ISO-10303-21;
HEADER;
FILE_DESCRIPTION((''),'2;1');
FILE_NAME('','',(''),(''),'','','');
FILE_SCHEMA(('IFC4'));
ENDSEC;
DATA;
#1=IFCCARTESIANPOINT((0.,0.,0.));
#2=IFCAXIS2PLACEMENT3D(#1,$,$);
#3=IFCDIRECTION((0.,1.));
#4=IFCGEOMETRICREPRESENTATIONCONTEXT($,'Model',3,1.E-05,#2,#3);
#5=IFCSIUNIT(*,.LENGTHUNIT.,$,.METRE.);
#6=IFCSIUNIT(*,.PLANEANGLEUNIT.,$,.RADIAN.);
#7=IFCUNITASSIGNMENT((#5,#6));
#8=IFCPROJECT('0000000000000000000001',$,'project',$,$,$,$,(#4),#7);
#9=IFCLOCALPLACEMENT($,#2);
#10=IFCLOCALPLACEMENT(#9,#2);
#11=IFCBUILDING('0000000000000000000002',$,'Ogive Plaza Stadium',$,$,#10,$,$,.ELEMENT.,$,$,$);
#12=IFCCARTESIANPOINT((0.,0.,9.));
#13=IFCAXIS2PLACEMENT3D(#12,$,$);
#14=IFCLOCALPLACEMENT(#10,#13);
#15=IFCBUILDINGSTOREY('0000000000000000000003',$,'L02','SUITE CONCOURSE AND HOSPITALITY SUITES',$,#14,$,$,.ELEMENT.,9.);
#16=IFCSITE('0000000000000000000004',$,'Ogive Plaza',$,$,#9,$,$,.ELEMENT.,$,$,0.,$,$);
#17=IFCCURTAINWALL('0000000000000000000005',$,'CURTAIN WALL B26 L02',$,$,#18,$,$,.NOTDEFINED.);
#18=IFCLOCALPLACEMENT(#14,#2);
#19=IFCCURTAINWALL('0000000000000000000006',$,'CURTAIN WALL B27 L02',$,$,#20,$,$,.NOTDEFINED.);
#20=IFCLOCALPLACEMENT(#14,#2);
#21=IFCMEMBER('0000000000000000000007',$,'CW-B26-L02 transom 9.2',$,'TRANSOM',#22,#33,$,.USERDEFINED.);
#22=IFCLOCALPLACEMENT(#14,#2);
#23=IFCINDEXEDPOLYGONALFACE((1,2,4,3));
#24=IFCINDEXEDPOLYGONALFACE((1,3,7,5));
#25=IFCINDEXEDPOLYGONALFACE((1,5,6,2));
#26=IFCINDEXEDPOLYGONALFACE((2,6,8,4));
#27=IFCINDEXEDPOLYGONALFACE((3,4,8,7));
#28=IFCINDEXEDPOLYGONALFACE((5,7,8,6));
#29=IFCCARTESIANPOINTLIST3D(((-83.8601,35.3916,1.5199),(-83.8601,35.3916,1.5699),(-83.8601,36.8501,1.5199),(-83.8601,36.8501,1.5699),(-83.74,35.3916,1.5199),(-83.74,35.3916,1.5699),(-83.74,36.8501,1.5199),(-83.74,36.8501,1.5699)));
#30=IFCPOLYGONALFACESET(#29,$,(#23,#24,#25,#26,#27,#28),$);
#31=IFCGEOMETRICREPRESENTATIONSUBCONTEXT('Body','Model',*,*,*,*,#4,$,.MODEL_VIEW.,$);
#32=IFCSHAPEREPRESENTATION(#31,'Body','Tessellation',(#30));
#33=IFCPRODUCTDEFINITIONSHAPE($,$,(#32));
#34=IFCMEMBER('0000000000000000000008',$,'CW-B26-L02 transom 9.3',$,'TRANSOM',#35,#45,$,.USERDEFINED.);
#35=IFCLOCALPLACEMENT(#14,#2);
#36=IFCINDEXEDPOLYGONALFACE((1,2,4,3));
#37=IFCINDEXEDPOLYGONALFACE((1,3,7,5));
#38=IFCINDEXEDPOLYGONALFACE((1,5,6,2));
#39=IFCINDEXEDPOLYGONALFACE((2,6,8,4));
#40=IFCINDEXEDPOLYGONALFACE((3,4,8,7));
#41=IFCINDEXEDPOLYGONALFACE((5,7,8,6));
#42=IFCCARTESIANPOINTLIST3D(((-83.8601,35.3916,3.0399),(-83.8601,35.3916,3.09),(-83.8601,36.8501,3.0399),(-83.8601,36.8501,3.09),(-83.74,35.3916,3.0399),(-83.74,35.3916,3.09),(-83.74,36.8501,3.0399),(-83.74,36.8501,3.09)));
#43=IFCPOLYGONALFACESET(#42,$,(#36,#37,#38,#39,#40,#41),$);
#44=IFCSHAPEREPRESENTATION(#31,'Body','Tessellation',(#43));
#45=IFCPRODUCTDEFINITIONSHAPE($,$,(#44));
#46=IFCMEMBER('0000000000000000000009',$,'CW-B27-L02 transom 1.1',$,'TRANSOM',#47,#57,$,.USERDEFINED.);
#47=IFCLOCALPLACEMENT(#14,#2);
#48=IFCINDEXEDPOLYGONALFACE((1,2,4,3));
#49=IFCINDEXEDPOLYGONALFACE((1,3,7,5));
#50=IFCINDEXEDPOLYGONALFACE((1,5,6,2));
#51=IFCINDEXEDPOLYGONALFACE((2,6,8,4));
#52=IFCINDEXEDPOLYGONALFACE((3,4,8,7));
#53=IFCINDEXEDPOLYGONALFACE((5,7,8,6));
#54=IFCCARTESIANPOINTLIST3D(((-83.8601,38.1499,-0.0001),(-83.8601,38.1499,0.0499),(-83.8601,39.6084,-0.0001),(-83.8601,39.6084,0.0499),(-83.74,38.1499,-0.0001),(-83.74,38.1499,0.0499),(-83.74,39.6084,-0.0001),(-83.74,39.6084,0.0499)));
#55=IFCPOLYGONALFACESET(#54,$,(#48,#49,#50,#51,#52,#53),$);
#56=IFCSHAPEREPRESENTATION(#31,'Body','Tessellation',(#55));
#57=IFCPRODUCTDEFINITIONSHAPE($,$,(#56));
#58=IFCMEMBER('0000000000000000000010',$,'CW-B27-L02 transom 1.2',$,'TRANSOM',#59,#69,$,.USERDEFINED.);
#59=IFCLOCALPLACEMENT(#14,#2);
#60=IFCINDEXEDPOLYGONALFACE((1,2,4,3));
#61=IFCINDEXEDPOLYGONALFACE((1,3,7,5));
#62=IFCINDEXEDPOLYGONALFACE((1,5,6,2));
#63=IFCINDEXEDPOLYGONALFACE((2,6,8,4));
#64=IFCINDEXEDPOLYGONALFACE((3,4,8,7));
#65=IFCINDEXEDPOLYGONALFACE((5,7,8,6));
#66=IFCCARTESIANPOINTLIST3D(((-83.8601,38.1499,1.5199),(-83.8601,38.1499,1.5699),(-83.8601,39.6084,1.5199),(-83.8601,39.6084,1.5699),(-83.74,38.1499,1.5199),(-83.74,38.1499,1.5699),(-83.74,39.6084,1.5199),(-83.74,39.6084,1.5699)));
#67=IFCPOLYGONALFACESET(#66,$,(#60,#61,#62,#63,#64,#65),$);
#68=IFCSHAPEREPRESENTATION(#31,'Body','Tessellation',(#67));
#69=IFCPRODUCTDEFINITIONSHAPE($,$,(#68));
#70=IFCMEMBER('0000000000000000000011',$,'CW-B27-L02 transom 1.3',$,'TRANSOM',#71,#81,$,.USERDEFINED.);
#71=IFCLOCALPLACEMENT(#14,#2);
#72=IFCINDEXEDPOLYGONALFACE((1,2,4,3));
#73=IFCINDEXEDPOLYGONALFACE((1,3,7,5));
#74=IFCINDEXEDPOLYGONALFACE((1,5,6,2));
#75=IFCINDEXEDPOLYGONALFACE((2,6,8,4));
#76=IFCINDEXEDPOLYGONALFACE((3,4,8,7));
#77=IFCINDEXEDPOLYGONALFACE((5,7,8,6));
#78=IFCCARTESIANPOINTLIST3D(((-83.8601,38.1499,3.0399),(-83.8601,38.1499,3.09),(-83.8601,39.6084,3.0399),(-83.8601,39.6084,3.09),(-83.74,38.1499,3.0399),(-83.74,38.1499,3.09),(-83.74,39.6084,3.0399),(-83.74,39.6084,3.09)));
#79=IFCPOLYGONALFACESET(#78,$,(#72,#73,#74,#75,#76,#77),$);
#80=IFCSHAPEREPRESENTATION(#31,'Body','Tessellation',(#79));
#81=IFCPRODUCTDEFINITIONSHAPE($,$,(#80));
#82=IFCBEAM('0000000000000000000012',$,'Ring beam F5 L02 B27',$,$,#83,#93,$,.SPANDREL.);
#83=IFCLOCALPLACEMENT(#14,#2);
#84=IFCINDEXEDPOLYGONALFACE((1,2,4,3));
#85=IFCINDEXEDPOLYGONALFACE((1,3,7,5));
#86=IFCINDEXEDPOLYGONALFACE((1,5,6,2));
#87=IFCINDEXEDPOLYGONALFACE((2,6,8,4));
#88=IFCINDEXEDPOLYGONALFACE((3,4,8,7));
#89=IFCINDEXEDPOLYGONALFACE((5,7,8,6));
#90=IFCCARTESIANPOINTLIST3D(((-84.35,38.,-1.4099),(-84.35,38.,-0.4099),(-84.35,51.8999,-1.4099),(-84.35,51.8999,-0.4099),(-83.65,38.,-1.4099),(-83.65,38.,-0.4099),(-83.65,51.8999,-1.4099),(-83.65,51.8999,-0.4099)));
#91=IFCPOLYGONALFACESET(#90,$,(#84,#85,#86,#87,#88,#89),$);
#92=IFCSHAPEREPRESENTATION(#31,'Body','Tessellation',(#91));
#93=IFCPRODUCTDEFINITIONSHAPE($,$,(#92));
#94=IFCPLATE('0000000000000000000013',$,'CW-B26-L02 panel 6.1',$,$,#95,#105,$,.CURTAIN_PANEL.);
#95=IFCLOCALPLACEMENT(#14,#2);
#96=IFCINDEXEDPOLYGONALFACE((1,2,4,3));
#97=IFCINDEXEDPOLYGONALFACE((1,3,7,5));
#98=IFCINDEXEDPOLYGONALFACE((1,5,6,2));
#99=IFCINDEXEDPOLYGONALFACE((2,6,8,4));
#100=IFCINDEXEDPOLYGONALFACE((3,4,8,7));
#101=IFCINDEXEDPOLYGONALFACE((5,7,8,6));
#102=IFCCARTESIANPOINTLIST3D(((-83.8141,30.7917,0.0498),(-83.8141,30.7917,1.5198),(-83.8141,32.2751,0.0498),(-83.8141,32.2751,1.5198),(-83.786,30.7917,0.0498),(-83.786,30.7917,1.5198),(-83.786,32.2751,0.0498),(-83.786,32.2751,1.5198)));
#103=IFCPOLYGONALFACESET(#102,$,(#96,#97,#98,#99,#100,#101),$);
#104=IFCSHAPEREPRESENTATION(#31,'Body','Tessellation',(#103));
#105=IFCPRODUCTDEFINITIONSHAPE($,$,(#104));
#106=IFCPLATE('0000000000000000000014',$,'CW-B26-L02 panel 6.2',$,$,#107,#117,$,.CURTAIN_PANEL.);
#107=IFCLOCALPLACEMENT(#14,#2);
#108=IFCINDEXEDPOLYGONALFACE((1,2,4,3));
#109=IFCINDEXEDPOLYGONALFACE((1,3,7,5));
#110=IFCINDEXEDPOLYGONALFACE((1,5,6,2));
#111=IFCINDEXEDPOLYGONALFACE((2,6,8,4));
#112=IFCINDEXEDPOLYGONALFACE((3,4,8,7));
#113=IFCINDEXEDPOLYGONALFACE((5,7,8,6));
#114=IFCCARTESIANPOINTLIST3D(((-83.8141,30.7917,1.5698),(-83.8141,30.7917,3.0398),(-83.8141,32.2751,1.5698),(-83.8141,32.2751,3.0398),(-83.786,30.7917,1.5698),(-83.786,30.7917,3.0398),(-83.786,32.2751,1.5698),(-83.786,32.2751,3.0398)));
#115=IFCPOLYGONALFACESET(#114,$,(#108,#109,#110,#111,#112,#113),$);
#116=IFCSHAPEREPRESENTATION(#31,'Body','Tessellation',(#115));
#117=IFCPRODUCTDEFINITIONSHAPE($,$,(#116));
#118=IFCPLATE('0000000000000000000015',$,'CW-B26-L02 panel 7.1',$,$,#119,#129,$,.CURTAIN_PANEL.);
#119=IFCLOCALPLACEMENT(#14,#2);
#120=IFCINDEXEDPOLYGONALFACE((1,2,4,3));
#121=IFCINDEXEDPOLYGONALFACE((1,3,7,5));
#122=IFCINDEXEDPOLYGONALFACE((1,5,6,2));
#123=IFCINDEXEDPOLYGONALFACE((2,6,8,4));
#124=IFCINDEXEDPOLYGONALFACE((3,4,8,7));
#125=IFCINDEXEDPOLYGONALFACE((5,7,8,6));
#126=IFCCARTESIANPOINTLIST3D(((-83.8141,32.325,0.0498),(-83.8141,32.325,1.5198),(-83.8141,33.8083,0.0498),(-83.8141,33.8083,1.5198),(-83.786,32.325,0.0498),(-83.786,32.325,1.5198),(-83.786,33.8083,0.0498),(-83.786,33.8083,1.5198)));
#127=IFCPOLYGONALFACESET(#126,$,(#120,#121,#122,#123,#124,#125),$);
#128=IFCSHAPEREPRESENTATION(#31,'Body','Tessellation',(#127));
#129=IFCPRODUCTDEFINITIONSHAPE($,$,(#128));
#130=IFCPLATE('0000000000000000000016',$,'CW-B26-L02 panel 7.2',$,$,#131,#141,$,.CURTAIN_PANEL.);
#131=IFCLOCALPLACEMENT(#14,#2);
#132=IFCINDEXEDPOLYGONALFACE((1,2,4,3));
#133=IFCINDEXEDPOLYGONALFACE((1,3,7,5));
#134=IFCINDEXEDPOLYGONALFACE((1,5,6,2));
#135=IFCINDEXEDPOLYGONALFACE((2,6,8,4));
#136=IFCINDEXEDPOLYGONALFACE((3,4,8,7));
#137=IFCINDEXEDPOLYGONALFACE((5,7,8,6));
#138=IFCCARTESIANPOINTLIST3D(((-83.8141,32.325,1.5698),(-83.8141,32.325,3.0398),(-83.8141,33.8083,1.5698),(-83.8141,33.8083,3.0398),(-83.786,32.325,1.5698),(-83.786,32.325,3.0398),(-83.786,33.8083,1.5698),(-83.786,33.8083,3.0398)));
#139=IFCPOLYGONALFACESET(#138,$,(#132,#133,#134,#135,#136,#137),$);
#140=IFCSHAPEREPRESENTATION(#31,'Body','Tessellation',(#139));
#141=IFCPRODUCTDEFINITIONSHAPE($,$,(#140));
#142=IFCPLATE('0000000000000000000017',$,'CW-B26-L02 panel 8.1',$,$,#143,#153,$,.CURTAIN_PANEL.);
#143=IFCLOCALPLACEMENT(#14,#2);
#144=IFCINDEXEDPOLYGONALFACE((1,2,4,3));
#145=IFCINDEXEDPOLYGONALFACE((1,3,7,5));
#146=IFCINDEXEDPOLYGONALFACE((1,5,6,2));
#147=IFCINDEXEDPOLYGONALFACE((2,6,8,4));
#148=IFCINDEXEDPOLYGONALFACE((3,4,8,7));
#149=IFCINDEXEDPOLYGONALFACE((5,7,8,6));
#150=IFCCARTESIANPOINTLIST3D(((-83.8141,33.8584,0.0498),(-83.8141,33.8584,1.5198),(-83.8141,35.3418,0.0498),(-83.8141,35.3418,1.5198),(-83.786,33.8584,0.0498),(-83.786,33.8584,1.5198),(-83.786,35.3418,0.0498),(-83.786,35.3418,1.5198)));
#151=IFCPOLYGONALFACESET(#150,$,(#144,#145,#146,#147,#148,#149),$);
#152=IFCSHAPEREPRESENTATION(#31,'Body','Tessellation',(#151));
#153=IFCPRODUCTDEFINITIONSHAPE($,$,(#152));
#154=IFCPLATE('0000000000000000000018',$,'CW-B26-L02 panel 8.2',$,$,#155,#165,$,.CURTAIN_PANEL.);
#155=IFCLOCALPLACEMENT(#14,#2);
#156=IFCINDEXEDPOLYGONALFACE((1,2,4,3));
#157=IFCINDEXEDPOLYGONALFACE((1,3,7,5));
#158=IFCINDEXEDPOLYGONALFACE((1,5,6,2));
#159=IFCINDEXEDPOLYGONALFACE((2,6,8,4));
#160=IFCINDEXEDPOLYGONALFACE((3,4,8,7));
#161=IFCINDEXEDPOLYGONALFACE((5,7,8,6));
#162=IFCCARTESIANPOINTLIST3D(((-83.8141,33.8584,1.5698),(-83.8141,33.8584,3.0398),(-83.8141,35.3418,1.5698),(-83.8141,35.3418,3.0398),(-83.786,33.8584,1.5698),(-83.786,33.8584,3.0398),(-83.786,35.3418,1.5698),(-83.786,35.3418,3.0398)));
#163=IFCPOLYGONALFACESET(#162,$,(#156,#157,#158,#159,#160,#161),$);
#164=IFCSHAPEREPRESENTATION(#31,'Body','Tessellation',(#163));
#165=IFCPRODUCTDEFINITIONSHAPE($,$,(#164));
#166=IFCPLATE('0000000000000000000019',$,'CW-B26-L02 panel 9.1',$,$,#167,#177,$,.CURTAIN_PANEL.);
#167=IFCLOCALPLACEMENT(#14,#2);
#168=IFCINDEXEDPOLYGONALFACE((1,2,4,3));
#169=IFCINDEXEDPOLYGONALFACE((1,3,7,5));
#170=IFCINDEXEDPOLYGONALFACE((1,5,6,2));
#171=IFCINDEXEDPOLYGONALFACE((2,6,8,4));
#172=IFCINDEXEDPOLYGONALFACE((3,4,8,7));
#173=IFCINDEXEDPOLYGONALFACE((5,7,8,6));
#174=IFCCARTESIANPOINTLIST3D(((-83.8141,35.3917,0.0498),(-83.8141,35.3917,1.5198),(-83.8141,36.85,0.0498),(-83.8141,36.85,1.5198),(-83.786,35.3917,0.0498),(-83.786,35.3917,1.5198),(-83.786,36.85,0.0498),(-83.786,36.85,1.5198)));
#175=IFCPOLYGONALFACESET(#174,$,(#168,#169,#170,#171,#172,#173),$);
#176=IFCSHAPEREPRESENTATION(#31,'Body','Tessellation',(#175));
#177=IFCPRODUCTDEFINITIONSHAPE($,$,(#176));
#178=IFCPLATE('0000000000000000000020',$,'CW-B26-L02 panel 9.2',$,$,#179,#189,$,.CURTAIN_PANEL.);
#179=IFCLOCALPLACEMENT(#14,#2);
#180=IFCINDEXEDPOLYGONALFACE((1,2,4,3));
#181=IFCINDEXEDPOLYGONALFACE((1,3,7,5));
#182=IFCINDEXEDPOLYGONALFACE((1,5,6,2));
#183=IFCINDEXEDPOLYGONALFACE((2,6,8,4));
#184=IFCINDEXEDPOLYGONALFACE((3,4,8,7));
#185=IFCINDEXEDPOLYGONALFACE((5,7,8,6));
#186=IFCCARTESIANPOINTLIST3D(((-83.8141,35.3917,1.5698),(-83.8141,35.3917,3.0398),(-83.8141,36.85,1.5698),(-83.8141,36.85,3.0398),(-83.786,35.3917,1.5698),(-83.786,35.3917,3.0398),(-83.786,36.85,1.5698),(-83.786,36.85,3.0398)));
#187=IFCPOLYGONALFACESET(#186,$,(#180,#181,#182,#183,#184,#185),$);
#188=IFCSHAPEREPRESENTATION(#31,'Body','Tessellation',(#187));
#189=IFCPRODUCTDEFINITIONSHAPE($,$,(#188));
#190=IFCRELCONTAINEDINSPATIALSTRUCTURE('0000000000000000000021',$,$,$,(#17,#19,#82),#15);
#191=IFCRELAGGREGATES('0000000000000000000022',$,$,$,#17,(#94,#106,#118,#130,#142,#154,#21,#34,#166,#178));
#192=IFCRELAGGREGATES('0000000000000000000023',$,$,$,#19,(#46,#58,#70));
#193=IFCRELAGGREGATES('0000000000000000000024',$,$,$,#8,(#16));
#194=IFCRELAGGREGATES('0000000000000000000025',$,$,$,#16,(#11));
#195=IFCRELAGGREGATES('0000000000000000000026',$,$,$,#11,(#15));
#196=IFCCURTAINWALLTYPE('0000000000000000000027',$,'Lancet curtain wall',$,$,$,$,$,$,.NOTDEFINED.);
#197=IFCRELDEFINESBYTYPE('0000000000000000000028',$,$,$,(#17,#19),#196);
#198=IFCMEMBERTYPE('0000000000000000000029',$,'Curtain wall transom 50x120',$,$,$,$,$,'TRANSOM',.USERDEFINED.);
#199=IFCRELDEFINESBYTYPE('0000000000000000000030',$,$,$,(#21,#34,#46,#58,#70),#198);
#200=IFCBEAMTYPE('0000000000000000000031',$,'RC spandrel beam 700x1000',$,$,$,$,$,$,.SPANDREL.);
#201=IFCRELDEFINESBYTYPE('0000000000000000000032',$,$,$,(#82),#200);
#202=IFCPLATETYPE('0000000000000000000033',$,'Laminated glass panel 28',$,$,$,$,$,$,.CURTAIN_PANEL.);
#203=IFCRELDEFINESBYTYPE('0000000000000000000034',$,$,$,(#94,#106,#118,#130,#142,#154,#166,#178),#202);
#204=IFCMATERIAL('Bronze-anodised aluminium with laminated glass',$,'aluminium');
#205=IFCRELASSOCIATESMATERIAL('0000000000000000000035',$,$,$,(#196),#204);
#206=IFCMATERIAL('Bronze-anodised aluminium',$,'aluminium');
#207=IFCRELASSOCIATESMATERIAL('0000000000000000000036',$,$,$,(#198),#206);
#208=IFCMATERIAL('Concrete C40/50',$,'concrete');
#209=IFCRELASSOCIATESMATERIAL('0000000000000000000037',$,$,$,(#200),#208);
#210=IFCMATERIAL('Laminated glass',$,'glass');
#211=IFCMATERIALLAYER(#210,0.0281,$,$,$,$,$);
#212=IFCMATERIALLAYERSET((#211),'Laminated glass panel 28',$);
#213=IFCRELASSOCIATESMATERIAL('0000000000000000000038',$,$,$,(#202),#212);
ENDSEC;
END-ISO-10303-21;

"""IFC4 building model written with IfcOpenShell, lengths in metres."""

from ifc_helpers import new_model, si_unit, direction, frame, origin, origin_2d, place, context, subcontext, project, spatial, rectangle, extrude, material, layer, layer_set, material_profile, profile_set, type_object, element, aggregate, save


model = new_model("IFC4")

# Units and contexts
model_context = context("Model", 3, precision=1e-05, world=origin(), true_north=direction((0.0, 1.0)))
body_context = subcontext(model_context, "Body", "Model", "MODEL_VIEW")
ifc_project = project(units=[si_unit("LENGTHUNIT", "METRE"), si_unit("PLANEANGLEUNIT", "RADIAN")], contexts=[model_context])

# Site, building, storey
site_placement = place(None, origin())
site = spatial("IfcSite", under=ifc_project, at=site_placement, Name="Ogive Plaza", CompositionType="ELEMENT", RefElevation=0.0)
building_placement = place(site_placement, origin())
building = spatial("IfcBuilding", under=site, at=building_placement, Name="Ogive Plaza Stadium", CompositionType="ELEMENT")
storey_placement = place(building_placement, frame((0.0, 0.0, 9.0)))
storey = spatial("IfcBuildingStorey", under=building, at=storey_placement, Name="L02", Description="SUITE CONCOURSE AND HOSPITALITY SUITES", CompositionType="ELEMENT", Elevation=9.0)

# Curtain wall
ifc_material_1 = material(Name="Bronze-anodised aluminium with laminated glass", Category="aluminium")
curtain_wall_type = type_object("IfcCurtainWallType", Name="Lancet curtain wall", PredefinedType="NOTDEFINED", material=ifc_material_1)
curtain_wall_1_placement = place(storey_placement, origin())
curtain_wall_1 = element("IfcCurtainWall", 1, at=curtain_wall_1_placement, inside=storey, type_object=curtain_wall_type, Name="CURTAIN WALL B26 L02", PredefinedType="NOTDEFINED")

# Curtain wall
curtain_wall_2_placement = place(storey_placement, origin())
curtain_wall_2 = element("IfcCurtainWall", 2, at=curtain_wall_2_placement, inside=storey, type_object=curtain_wall_type, Name="CURTAIN WALL B27 L02", PredefinedType="NOTDEFINED")

# Members
ifc_material_2 = material(Name="Bronze-anodised aluminium", Category="aluminium")
ifc_material_profile_1 = material_profile(ifc_material_2, rectangle(XDim=0.1201, YDim=0.05, at=origin_2d()), Name="AL 120x50")
ifc_profile_set_1 = profile_set([ifc_material_profile_1], Name="Bronze-anodised aluminium")
member_type_1 = type_object("IfcMemberType", Name="Curtain wall transom 50x120", ElementType="TRANSOM", PredefinedType="USERDEFINED", material=ifc_profile_set_1)
member_1_placement = place(storey_placement, frame((-83.8, 35.3916, 1.5449), z_axis=(0.0, 1.0, 0.0), x_axis=(-1.0, 0.0, 0.0)))
member_1 = element("IfcMember", 3, at=member_1_placement, type_object=member_type_1, Name="CW-B26-L02 transom 9.2", ObjectType="TRANSOM", PredefinedType="USERDEFINED", context=body_context, shape_type="SweptSolid", body=[
    extrude(rectangle(XDim=0.1201, YDim=0.05, at=origin_2d()), origin(), (0.0, 0.0, 1.0), 1.4585),
])
member_2_placement = place(storey_placement, frame((-83.8, 35.3916, 3.0649), z_axis=(0.0, 1.0, 0.0), x_axis=(-1.0, 0.0, 0.0)))
member_2 = element("IfcMember", 4, at=member_2_placement, type_object=member_type_1, Name="CW-B26-L02 transom 9.3", ObjectType="TRANSOM", PredefinedType="USERDEFINED", context=body_context, shape_type="SweptSolid", body=[
    extrude(rectangle(XDim=0.1201, YDim=0.05, at=origin_2d()), origin(), (0.0, 0.0, 1.0), 1.4585),
])
member_3_placement = place(storey_placement, frame((-83.8, 38.1499, 0.0249), z_axis=(0.0, 1.0, 0.0), x_axis=(-1.0, 0.0, 0.0)))
member_3 = element("IfcMember", 5, at=member_3_placement, type_object=member_type_1, Name="CW-B27-L02 transom 1.1", ObjectType="TRANSOM", PredefinedType="USERDEFINED", context=body_context, shape_type="SweptSolid", body=[
    extrude(rectangle(XDim=0.1201, YDim=0.05, at=origin_2d()), origin(), (0.0, 0.0, 1.0), 1.4585),
])
member_4_placement = place(storey_placement, frame((-83.8, 38.1499, 1.5449), z_axis=(0.0, 1.0, 0.0), x_axis=(-1.0, 0.0, 0.0)))
member_4 = element("IfcMember", 6, at=member_4_placement, type_object=member_type_1, Name="CW-B27-L02 transom 1.2", ObjectType="TRANSOM", PredefinedType="USERDEFINED", context=body_context, shape_type="SweptSolid", body=[
    extrude(rectangle(XDim=0.1201, YDim=0.05, at=origin_2d()), origin(), (0.0, 0.0, 1.0), 1.4585),
])
member_5_placement = place(storey_placement, frame((-83.8, 38.1499, 3.0649), z_axis=(0.0, 1.0, 0.0), x_axis=(-1.0, 0.0, 0.0)))
member_5 = element("IfcMember", 7, at=member_5_placement, type_object=member_type_1, Name="CW-B27-L02 transom 1.3", ObjectType="TRANSOM", PredefinedType="USERDEFINED", context=body_context, shape_type="SweptSolid", body=[
    extrude(rectangle(XDim=0.1201, YDim=0.05, at=origin_2d()), origin(), (0.0, 0.0, 1.0), 1.4585),
])

# Beam
ifc_material_3 = material(Name="Concrete C40/50", Category="concrete")
ifc_material_profile_2 = material_profile(ifc_material_3, rectangle(XDim=0.7, YDim=1.0, at=origin_2d()), Name="RC 700x1000")
ifc_profile_set_2 = profile_set([ifc_material_profile_2], Name="Concrete C40/50")
beam_type = type_object("IfcBeamType", Name="RC spandrel beam 700x1000", PredefinedType="SPANDREL", material=ifc_profile_set_2)
beam_placement = place(storey_placement, frame((-84.0, 38.0, -0.9099), z_axis=(0.0, 1.0, 0.0), x_axis=(-1.0, 0.0, 0.0)))
element("IfcBeam", 8, at=beam_placement, inside=storey, type_object=beam_type, Name="Ring beam F5 L02 B27", PredefinedType="SPANDREL", context=body_context, shape_type="SweptSolid", body=[
    extrude(rectangle(XDim=0.7, YDim=1.0, at=origin_2d()), origin(), (0.0, 0.0, 1.0), 13.8999),
])

# Plates
ifc_material_4 = material(Name="Laminated glass", Category="glass")
ifc_layer = layer(ifc_material_4, 0.0281)
ifc_layer_set = layer_set([ifc_layer], Name="Laminated glass panel 28")
plate_type = type_object("IfcPlateType", Name="Laminated glass panel 28", PredefinedType="CURTAIN_PANEL", material=ifc_layer_set)
plate_1_placement = place(storey_placement, frame((-83.8, 31.5334, 0.0498), z_axis=(0.0, 0.0, 1.0), x_axis=(0.0, 1.0, 0.0)))
plate_1 = element("IfcPlate", 9, at=plate_1_placement, type_object=plate_type, Name="CW-B26-L02 panel 6.1", PredefinedType="CURTAIN_PANEL", context=body_context, shape_type="SweptSolid", body=[
    extrude(rectangle(XDim=1.4834, YDim=0.0281, at=origin_2d()), origin(), (0.0, 0.0, 1.0), 1.47),
])
plate_2_placement = place(storey_placement, frame((-83.8, 31.5334, 1.5698), z_axis=(0.0, 0.0, 1.0), x_axis=(0.0, 1.0, 0.0)))
plate_2 = element("IfcPlate", 10, at=plate_2_placement, type_object=plate_type, Name="CW-B26-L02 panel 6.2", PredefinedType="CURTAIN_PANEL", context=body_context, shape_type="SweptSolid", body=[
    extrude(rectangle(XDim=1.4834, YDim=0.0281, at=origin_2d()), origin(), (0.0, 0.0, 1.0), 1.47),
])
plate_3_placement = place(storey_placement, frame((-83.8, 33.0667, 0.0498), z_axis=(0.0, 0.0, 1.0), x_axis=(0.0, 1.0, 0.0)))
plate_3 = element("IfcPlate", 11, at=plate_3_placement, type_object=plate_type, Name="CW-B26-L02 panel 7.1", PredefinedType="CURTAIN_PANEL", context=body_context, shape_type="SweptSolid", body=[
    extrude(rectangle(XDim=1.4834, YDim=0.0281, at=origin_2d()), origin(), (0.0, 0.0, 1.0), 1.47),
])
plate_4_placement = place(storey_placement, frame((-83.8, 33.0667, 1.5698), z_axis=(0.0, 0.0, 1.0), x_axis=(0.0, 1.0, 0.0)))
plate_4 = element("IfcPlate", 12, at=plate_4_placement, type_object=plate_type, Name="CW-B26-L02 panel 7.2", PredefinedType="CURTAIN_PANEL", context=body_context, shape_type="SweptSolid", body=[
    extrude(rectangle(XDim=1.4834, YDim=0.0281, at=origin_2d()), origin(), (0.0, 0.0, 1.0), 1.47),
])
plate_5_placement = place(storey_placement, frame((-83.8, 34.6001, 0.0498), z_axis=(0.0, 0.0, 1.0), x_axis=(0.0, 1.0, 0.0)))
plate_5 = element("IfcPlate", 13, at=plate_5_placement, type_object=plate_type, Name="CW-B26-L02 panel 8.1", PredefinedType="CURTAIN_PANEL", context=body_context, shape_type="SweptSolid", body=[
    extrude(rectangle(XDim=1.4834, YDim=0.0281, at=origin_2d()), origin(), (0.0, 0.0, 1.0), 1.47),
])
plate_6_placement = place(storey_placement, frame((-83.8, 34.6001, 1.5698), z_axis=(0.0, 0.0, 1.0), x_axis=(0.0, 1.0, 0.0)))
plate_6 = element("IfcPlate", 14, at=plate_6_placement, type_object=plate_type, Name="CW-B26-L02 panel 8.2", PredefinedType="CURTAIN_PANEL", context=body_context, shape_type="SweptSolid", body=[
    extrude(rectangle(XDim=1.4834, YDim=0.0281, at=origin_2d()), origin(), (0.0, 0.0, 1.0), 1.47),
])
plate_7_placement = place(storey_placement, frame((-83.8, 36.1208, 0.0498), z_axis=(0.0, 0.0, 1.0), x_axis=(0.0, 1.0, 0.0)))
plate_7 = element("IfcPlate", 15, at=plate_7_placement, type_object=plate_type, Name="CW-B26-L02 panel 9.1", PredefinedType="CURTAIN_PANEL", context=body_context, shape_type="SweptSolid", body=[
    extrude(rectangle(XDim=1.4583, YDim=0.0281, at=origin_2d()), origin(), (0.0, 0.0, 1.0), 1.47),
])
plate_8_placement = place(storey_placement, frame((-83.8, 36.1208, 1.5698), z_axis=(0.0, 0.0, 1.0), x_axis=(0.0, 1.0, 0.0)))
plate_8 = element("IfcPlate", 16, at=plate_8_placement, type_object=plate_type, Name="CW-B26-L02 panel 9.2", PredefinedType="CURTAIN_PANEL", context=body_context, shape_type="SweptSolid", body=[
    extrude(rectangle(XDim=1.4583, YDim=0.0281, at=origin_2d()), origin(), (0.0, 0.0, 1.0), 1.47),
])
aggregate(curtain_wall_1, [plate_1, plate_2, plate_3, plate_4, plate_5, plate_6, member_1, member_2, plate_7, plate_8])
aggregate(curtain_wall_2, [member_3, member_4, member_5])

save(model, "model.ifc")
